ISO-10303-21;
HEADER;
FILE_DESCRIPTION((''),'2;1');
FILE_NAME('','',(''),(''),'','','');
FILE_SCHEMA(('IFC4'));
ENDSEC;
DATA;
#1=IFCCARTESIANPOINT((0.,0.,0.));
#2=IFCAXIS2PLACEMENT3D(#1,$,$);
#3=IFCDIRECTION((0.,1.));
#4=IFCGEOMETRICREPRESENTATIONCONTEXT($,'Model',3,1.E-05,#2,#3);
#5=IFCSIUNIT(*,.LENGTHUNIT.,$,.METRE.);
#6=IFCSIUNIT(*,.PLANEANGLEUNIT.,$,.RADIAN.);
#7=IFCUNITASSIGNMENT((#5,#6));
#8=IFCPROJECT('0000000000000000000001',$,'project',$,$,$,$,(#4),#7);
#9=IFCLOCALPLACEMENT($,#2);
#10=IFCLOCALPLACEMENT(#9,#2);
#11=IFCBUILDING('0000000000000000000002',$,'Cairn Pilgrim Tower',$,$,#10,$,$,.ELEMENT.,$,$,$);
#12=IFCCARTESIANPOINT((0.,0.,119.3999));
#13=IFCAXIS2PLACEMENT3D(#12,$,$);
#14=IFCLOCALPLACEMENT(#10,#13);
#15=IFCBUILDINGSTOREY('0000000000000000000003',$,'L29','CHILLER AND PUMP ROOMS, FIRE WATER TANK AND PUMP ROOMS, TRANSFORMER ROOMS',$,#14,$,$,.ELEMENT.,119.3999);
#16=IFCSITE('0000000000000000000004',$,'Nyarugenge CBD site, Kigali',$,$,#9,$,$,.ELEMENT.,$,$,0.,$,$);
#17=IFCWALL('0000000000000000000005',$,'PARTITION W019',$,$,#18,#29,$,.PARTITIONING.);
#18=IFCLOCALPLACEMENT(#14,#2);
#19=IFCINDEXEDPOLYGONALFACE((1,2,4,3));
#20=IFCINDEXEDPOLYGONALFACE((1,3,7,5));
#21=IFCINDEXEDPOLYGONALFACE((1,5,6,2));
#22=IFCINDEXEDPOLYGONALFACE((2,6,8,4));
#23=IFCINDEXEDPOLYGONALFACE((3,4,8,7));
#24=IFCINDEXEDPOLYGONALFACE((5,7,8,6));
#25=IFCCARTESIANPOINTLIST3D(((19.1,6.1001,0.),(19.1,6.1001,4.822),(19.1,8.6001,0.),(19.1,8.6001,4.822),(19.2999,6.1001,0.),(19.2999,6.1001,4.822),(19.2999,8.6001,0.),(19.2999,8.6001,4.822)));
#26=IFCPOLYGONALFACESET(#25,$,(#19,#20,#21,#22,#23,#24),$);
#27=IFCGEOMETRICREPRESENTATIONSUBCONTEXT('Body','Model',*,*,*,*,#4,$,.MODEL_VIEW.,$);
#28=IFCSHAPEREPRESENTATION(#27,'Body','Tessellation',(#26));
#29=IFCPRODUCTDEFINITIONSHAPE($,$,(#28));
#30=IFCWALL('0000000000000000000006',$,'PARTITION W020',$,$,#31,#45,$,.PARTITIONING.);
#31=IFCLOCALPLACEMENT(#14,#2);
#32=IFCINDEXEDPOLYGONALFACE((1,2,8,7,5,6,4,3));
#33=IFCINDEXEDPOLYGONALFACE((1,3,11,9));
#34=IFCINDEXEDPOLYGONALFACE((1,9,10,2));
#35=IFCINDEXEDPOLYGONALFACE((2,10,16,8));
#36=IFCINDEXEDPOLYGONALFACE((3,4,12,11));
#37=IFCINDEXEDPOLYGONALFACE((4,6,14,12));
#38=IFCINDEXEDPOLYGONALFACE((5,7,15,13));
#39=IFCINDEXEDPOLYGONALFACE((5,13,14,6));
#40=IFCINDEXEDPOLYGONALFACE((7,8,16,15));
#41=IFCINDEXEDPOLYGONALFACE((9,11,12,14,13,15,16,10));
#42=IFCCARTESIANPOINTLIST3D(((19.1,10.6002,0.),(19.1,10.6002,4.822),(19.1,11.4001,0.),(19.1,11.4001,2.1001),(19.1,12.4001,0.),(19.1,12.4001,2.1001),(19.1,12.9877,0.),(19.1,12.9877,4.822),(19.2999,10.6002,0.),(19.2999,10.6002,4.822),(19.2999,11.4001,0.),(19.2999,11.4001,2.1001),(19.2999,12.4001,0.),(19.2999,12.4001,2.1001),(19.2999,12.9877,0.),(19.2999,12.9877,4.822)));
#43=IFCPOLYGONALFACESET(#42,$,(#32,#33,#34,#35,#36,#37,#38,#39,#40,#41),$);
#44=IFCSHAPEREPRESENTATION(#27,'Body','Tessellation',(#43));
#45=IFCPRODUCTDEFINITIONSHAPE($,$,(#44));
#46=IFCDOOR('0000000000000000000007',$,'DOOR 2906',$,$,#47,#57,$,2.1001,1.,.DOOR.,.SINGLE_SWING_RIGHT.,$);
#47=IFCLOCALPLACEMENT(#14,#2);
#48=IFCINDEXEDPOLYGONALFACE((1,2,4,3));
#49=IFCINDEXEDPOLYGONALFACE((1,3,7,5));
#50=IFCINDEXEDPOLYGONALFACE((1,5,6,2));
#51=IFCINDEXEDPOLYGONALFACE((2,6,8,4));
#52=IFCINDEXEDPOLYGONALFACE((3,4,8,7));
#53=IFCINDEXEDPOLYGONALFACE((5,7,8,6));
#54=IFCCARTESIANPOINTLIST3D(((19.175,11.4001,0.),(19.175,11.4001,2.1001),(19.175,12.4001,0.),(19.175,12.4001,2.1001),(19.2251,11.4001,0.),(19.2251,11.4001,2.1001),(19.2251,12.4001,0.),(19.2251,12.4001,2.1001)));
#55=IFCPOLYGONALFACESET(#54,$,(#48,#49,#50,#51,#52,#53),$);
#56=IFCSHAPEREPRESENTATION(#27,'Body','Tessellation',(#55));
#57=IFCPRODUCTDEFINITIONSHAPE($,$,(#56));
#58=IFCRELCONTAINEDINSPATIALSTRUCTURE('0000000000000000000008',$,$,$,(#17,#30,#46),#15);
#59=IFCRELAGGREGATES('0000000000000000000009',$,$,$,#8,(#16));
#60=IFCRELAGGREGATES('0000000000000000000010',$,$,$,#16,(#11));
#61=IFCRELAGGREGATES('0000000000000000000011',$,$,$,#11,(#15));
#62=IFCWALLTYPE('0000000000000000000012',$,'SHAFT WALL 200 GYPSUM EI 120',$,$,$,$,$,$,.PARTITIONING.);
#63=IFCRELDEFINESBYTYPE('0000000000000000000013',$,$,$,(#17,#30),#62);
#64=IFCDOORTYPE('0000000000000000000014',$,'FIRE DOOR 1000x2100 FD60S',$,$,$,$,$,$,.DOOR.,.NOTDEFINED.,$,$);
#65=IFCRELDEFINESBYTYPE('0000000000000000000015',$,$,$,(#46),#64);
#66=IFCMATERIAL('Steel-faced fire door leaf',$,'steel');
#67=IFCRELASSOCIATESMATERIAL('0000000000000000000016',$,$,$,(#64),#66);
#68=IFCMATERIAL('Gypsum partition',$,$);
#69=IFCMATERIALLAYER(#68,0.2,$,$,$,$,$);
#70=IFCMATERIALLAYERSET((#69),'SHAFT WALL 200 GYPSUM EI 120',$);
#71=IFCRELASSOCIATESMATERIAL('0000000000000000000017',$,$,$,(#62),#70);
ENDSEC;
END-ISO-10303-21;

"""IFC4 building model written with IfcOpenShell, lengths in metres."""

from ifc_helpers import new_model, si_unit, direction, frame, frame_2d, origin, place, context, subcontext, project, spatial, rectangle, extrude, material, layer, layer_set, type_object, element, fill, save


model = new_model("IFC4")

# Units and contexts
model_context = context("Model", 3, precision=1e-05, world=origin(), true_north=direction((0.0, 1.0)))
body_context = subcontext(model_context, "Body", "Model", "MODEL_VIEW")
ifc_project = project(units=[si_unit("LENGTHUNIT", "METRE"), si_unit("PLANEANGLEUNIT", "RADIAN")], contexts=[model_context])

# Site, building, storey
site_placement = place(None, origin())
site = spatial("IfcSite", under=ifc_project, at=site_placement, Name="Nyarugenge CBD site, Kigali", CompositionType="ELEMENT", RefElevation=0.0)
building_placement = place(site_placement, origin())
building = spatial("IfcBuilding", under=site, at=building_placement, Name="Cairn Pilgrim Tower", CompositionType="ELEMENT")
storey_placement = place(building_placement, frame((0.0, 0.0, 119.3999)))
storey = spatial("IfcBuildingStorey", under=building, at=storey_placement, Name="L29", Description="CHILLER AND PUMP ROOMS, FIRE WATER TANK AND PUMP ROOMS, TRANSFORMER ROOMS", CompositionType="ELEMENT", Elevation=119.3999)

# Shared definitions
ifc_material_1 = material(Name="Gypsum partition")

# Shared definitions
ifc_material_2 = material(Name="Steel-faced fire door leaf", Category="steel")
door_type = type_object("IfcDoorType", Name="FIRE DOOR 1000x2100 FD60S", OperationType="NOTDEFINED", PredefinedType="DOOR", material=ifc_material_2)

# Shared definitions
ifc_layer_1 = layer(ifc_material_1, 0.2)
ifc_layer_set_1 = layer_set([ifc_layer_1], Name="SHAFT WALL 200 GYPSUM EI 120")
wall_type_1 = type_object("IfcWallType", Name="SHAFT WALL 200 GYPSUM EI 120", PredefinedType="PARTITIONING", material=ifc_layer_set_1)

# Wall
wall_1_placement = place(storey_placement, frame((19.2, 6.1001, 0.0), z_axis=(0.0, 0.0, 1.0), x_axis=(0.0, 1.0, 0.0)))
element("IfcWall", 1, at=wall_1_placement, inside=storey, type_object=wall_type_1, Name="PARTITION W019", PredefinedType="PARTITIONING", context=body_context, shape_type="SweptSolid", body=[
    extrude(rectangle(XDim=2.5, YDim=0.2, at=frame_2d((1.25, 0.0))), origin(), (0.0, 0.0, 1.0), 4.822),
])

# Wall, opening, door
wall_2_placement = place(storey_placement, frame((19.2, 10.6001, 0.0), z_axis=(0.0, 0.0, 1.0), x_axis=(0.0, 1.0, 0.0)))
wall_2 = element("IfcWall", 2, at=wall_2_placement, inside=storey, type_object=wall_type_1, Name="PARTITION W020", PredefinedType="PARTITIONING", context=body_context, shape_type="SweptSolid", body=[
    extrude(rectangle(XDim=2.3875, YDim=0.2, at=frame_2d((1.1938, 0.0))), origin(), (0.0, 0.0, 1.0), 4.822),
])
opening_1_placement = place(wall_2_placement, frame((0.8, 0.0, 0.0)))
opening_1 = element("IfcOpeningElement", 3, at=opening_1_placement, cuts=wall_2, PredefinedType="OPENING", context=body_context, shape_type="SweptSolid", body=[
    extrude(rectangle(XDim=1.0, YDim=2.1001, at=frame_2d((0.5, 1.05))), frame((0.0, 0.1099, 0.0), z_axis=(0.0, -1.0, 0.0), x_axis=(1.0, 0.0, 0.0)), (0.0, 0.0, 1.0), 0.22),
])
door_1_placement = place(opening_1_placement, origin())
door_1 = element("IfcDoor", 4, at=door_1_placement, inside=storey, type_object=door_type, Name="DOOR 2906", OperationType="SINGLE_SWING_RIGHT", OverallHeight=2.1001, OverallWidth=1.0, PredefinedType="DOOR", context=body_context, shape_type="SweptSolid", body=[
    extrude(rectangle(XDim=1.0, YDim=2.1001, at=frame_2d((0.5, 1.05))), frame((0.0, 0.0249, 0.0), z_axis=(0.0, -1.0, 0.0), x_axis=(1.0, 0.0, 0.0)), (0.0, 0.0, 1.0), 0.05),
])
fill(opening_1, door_1)

save(model, "model.ifc")
